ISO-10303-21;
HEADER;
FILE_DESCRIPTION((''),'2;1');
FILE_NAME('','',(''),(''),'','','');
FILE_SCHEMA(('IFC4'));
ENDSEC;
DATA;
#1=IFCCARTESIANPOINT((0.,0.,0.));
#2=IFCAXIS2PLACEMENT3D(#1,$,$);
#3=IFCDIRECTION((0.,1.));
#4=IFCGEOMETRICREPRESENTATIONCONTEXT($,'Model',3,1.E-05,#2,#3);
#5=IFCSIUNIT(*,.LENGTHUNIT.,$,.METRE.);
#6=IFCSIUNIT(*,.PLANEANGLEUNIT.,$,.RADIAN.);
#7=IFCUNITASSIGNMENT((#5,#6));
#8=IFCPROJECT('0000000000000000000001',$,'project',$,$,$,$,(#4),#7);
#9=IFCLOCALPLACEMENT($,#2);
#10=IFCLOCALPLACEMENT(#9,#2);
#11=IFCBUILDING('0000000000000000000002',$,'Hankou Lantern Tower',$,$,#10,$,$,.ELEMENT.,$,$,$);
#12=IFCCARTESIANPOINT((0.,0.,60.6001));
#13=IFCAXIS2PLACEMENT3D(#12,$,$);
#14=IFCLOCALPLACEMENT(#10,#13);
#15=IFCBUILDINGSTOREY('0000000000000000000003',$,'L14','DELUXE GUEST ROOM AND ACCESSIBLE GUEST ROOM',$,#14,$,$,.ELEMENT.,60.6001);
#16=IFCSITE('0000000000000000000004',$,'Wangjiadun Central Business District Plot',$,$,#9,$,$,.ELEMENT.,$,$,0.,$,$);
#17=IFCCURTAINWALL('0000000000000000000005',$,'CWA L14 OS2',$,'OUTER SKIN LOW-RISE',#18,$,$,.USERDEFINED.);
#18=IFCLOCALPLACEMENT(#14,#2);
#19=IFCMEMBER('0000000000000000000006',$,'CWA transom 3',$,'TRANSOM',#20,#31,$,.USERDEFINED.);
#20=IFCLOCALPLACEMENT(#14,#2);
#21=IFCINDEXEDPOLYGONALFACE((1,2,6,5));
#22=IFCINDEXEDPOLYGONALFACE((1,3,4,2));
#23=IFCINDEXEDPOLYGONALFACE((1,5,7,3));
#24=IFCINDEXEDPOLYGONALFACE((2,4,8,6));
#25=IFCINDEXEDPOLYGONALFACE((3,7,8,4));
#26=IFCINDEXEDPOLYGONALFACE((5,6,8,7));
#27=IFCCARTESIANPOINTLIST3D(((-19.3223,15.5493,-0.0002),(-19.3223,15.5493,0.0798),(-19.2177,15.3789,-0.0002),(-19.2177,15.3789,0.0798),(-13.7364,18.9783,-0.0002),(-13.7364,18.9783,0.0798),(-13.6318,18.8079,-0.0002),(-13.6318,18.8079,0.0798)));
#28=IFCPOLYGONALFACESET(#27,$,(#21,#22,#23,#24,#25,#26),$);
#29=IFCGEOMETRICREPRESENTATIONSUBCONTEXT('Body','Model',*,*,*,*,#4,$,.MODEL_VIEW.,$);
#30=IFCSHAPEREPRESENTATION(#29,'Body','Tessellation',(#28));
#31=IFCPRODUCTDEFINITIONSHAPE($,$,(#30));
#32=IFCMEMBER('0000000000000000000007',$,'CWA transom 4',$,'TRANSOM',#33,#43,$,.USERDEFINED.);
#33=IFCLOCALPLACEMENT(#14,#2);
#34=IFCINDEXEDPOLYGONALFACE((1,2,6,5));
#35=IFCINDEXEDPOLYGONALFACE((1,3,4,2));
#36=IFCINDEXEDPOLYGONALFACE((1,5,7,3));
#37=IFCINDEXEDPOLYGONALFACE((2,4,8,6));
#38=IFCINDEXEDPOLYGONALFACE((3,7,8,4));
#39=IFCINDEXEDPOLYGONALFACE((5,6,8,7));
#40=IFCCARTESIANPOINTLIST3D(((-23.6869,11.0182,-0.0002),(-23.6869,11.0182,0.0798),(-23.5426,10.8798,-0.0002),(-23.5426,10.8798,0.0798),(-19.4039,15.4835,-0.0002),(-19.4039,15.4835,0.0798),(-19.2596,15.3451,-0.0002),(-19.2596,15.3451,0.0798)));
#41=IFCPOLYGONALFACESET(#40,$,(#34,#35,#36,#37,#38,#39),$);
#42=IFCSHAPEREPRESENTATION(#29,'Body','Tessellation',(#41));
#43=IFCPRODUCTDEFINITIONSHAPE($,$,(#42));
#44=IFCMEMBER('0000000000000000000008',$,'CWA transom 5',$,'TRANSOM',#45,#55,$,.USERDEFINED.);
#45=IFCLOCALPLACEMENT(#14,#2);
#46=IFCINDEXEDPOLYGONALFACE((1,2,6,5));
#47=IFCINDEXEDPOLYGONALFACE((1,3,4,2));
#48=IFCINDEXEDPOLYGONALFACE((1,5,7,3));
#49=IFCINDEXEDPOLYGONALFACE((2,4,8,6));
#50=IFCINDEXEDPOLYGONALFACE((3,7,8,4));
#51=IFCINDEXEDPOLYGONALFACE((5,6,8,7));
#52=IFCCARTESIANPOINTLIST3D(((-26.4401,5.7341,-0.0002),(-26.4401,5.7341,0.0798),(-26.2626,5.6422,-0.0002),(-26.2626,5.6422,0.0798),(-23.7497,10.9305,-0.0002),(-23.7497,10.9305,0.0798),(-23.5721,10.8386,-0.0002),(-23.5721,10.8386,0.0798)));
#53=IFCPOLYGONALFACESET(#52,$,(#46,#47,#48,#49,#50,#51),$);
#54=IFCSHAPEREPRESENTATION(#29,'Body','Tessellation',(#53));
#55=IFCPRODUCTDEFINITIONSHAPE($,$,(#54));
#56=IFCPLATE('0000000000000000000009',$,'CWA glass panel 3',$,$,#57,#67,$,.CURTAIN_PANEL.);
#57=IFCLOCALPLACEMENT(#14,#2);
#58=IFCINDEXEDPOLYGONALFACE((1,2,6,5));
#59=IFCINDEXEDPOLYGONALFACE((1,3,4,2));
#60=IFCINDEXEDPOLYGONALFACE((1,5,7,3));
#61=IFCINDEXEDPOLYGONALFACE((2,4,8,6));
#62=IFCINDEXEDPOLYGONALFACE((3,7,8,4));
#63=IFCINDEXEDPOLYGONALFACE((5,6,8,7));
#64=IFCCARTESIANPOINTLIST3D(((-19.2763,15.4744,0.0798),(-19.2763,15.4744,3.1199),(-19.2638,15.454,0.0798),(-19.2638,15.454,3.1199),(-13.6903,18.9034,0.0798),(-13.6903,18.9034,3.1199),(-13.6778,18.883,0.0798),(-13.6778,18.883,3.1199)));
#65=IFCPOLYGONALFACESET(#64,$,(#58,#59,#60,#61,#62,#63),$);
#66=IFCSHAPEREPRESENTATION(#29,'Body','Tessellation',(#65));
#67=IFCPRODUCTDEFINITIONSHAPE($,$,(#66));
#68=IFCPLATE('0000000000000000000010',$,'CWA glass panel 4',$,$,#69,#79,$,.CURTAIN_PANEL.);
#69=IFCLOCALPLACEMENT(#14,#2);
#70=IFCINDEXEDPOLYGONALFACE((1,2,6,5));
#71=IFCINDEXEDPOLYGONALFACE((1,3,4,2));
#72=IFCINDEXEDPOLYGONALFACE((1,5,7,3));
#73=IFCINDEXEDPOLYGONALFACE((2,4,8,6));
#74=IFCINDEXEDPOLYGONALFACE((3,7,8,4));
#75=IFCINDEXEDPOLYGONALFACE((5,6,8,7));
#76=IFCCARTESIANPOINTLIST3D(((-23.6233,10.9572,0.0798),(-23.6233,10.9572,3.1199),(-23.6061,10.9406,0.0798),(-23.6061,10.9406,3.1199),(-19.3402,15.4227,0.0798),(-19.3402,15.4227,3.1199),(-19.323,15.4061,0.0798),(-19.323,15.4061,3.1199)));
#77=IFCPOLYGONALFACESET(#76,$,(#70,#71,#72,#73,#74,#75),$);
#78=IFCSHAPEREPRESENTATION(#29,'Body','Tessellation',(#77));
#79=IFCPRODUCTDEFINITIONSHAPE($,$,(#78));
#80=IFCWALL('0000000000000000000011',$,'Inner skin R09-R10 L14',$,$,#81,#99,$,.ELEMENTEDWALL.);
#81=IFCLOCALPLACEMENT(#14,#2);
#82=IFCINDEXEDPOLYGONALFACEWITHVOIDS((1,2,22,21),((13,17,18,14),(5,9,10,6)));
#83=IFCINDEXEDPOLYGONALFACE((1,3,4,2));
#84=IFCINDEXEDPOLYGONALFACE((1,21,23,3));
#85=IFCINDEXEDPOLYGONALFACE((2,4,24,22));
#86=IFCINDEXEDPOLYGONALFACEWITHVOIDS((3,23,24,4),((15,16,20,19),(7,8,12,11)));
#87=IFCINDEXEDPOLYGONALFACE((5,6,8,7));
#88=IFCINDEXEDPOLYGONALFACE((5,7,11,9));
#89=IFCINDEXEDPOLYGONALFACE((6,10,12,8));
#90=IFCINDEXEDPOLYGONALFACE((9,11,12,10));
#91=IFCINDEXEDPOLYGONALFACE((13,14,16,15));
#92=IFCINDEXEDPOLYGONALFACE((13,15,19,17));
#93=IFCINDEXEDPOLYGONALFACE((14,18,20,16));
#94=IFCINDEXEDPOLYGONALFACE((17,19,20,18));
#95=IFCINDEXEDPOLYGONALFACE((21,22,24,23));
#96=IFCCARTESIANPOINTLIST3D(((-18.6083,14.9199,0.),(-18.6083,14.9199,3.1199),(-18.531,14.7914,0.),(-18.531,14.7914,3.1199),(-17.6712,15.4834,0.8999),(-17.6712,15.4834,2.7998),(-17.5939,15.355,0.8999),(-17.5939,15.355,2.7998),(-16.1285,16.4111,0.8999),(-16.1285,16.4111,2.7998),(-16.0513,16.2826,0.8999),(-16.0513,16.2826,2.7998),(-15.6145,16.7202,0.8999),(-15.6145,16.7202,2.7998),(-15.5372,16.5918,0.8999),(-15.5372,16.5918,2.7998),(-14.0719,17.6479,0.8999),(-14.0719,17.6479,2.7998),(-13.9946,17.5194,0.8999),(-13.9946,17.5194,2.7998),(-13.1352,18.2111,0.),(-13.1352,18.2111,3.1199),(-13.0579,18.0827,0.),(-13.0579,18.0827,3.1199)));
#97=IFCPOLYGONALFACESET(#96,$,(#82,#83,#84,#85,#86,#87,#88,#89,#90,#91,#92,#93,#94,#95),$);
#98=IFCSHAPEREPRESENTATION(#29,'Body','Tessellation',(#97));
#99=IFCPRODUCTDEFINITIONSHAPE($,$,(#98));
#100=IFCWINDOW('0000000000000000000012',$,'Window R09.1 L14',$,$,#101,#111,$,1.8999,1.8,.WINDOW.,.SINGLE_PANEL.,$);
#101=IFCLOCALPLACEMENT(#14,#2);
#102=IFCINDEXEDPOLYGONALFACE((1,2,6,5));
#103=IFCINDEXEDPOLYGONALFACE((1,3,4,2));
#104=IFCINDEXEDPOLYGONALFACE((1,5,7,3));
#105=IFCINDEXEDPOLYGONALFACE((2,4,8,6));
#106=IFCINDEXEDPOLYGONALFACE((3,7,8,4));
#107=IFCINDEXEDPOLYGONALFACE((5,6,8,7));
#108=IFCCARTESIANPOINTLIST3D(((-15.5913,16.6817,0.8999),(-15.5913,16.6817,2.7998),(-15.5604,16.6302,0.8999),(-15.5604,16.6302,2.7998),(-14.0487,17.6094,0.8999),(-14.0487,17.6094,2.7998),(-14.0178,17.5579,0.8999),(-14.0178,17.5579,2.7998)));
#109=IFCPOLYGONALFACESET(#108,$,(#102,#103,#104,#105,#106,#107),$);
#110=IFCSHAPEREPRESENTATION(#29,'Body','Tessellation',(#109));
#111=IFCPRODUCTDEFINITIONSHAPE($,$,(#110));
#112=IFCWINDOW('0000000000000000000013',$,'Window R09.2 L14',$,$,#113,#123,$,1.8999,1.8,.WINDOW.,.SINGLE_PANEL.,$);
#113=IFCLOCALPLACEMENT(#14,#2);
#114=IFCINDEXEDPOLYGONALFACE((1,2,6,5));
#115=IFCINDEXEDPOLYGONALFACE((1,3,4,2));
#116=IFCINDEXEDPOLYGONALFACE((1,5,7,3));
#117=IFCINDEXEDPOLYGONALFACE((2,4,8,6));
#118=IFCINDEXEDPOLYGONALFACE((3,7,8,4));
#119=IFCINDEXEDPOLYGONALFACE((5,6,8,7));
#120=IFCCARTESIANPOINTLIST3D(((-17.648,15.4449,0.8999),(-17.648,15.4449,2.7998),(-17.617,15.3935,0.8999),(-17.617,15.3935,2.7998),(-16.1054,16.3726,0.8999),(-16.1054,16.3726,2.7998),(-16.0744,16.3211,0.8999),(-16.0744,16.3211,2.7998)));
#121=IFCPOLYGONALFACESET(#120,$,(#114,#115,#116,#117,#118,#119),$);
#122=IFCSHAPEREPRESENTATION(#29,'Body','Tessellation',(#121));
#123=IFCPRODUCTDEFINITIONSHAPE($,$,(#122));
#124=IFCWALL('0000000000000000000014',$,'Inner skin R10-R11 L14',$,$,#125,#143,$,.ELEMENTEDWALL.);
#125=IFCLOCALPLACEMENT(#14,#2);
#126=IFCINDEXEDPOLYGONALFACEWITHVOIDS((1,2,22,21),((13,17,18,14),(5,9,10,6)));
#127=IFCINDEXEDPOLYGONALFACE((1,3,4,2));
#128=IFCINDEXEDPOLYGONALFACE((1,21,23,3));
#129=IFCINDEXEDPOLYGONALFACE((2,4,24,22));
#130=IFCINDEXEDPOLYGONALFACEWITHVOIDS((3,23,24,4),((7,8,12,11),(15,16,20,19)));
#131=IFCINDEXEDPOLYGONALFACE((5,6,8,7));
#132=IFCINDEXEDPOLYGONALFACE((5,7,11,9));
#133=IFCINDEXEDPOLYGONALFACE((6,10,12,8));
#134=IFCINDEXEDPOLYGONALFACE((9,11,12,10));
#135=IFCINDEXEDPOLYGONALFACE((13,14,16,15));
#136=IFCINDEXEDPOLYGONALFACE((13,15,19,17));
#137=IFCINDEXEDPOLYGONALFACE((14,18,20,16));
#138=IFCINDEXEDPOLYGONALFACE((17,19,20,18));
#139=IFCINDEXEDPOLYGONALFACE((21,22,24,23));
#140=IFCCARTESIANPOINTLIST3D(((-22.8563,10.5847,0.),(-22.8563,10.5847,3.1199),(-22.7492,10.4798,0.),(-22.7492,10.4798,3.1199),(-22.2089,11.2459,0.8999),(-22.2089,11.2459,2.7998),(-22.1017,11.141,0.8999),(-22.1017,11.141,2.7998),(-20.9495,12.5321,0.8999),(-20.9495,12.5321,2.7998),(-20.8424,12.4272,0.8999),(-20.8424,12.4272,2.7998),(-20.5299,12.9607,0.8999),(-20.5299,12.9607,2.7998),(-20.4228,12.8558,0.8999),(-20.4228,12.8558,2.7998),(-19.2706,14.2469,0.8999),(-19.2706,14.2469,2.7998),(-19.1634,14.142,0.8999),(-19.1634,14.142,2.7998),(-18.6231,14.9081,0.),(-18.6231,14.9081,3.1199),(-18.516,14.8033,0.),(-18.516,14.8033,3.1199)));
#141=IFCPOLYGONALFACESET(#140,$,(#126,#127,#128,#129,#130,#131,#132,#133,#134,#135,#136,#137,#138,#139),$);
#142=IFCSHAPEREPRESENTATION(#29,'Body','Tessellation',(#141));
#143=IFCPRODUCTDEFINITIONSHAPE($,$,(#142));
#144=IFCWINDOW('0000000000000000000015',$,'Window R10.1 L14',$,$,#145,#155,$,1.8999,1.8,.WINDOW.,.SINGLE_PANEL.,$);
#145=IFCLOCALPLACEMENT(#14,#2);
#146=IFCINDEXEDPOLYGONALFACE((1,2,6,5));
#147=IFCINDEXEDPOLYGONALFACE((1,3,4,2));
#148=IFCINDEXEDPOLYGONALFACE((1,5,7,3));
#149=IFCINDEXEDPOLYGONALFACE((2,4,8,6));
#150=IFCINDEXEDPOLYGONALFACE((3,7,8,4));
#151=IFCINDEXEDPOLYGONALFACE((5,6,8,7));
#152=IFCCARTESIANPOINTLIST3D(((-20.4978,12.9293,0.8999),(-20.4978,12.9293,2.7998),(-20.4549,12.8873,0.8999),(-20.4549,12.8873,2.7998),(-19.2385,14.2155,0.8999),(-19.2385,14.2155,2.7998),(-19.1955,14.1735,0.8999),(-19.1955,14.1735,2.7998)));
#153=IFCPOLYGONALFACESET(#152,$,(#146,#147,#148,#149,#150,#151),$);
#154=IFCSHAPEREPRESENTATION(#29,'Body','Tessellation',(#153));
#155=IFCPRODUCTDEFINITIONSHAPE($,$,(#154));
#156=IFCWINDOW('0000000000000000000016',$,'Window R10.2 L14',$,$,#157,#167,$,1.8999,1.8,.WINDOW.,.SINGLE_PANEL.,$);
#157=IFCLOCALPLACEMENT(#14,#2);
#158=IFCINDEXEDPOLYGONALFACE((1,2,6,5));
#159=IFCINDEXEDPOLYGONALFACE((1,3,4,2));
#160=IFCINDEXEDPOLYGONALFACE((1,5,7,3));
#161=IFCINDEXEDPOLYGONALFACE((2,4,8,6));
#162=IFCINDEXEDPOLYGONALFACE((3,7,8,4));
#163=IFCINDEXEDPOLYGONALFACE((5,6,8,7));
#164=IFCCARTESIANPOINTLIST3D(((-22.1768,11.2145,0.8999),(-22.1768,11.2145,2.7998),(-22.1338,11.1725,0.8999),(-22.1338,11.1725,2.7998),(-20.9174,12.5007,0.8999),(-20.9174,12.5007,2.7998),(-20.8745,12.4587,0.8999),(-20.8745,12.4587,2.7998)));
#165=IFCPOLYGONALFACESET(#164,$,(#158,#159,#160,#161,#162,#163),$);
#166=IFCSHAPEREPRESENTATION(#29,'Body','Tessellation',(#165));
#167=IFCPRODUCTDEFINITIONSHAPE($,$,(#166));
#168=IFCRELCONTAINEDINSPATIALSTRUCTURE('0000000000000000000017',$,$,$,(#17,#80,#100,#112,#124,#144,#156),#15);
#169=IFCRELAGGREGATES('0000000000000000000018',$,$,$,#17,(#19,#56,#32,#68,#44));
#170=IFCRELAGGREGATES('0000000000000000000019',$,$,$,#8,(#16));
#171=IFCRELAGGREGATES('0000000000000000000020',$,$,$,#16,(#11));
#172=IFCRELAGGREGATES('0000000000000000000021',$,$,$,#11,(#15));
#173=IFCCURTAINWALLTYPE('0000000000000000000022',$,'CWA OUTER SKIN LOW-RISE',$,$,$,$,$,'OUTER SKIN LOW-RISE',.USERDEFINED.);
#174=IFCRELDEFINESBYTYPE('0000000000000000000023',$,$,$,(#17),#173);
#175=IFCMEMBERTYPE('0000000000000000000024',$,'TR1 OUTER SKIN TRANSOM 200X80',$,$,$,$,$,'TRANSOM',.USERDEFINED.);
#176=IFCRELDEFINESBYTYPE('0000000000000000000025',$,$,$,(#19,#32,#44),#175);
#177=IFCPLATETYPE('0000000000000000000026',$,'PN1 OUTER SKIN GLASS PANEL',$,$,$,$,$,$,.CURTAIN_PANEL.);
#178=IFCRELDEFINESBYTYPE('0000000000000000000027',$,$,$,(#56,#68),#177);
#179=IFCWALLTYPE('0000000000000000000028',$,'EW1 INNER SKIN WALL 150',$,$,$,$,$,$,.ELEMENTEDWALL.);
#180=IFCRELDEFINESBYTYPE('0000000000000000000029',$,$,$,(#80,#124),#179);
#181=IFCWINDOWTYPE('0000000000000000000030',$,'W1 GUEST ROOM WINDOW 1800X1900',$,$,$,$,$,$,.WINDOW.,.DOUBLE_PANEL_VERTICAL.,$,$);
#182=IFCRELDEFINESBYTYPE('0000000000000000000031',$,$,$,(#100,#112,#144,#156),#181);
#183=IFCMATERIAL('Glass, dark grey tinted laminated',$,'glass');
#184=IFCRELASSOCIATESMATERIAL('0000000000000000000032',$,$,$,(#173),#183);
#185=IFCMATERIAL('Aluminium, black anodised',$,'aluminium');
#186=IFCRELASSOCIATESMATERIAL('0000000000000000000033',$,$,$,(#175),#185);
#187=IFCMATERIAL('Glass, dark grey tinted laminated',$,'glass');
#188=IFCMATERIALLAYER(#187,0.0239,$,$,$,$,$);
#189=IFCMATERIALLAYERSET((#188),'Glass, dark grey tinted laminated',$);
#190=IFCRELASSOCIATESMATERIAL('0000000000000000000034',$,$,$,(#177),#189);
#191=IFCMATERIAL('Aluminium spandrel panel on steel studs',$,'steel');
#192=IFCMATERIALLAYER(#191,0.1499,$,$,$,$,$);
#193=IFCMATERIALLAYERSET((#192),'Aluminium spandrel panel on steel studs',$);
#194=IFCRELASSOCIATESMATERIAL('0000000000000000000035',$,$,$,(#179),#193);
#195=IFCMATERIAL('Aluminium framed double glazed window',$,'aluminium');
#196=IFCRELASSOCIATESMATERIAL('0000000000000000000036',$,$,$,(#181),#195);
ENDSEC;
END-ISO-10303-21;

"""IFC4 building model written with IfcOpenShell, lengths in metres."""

from ifc_helpers import new_model, si_unit, direction, frame, frame_2d, origin, origin_2d, place, context, subcontext, project, spatial, rectangle, extrude, material, layer, layer_set, material_profile, profile_set, type_object, element, fill, aggregate, save


model = new_model("IFC4")

# Units and contexts
model_context = context("Model", 3, precision=1e-05, world=origin(), true_north=direction((0.0, 1.0)))
body_context = subcontext(model_context, "Body", "Model", "MODEL_VIEW")
ifc_project = project(units=[si_unit("LENGTHUNIT", "METRE"), si_unit("PLANEANGLEUNIT", "RADIAN")], contexts=[model_context])

# Site, building, storey
site_placement = place(None, origin())
site = spatial("IfcSite", under=ifc_project, at=site_placement, Name="Wangjiadun Central Business District Plot", CompositionType="ELEMENT", RefElevation=0.0)
building_placement = place(site_placement, origin())
building = spatial("IfcBuilding", under=site, at=building_placement, Name="Hankou Lantern Tower", CompositionType="ELEMENT")
storey_placement = place(building_placement, frame((0.0, 0.0, 60.6001)))
storey = spatial("IfcBuildingStorey", under=building, at=storey_placement, Name="L14", Description="DELUXE GUEST ROOM AND ACCESSIBLE GUEST ROOM", CompositionType="ELEMENT", Elevation=60.6001)

# Curtain wall
ifc_material_1 = material(Name="Glass, dark grey tinted laminated", Category="glass")
curtain_wall_type = type_object("IfcCurtainWallType", Name="CWA OUTER SKIN LOW-RISE", ElementType="OUTER SKIN LOW-RISE", PredefinedType="USERDEFINED", material=ifc_material_1)
curtain_wall_placement = place(storey_placement, origin())
curtain_wall = element("IfcCurtainWall", 1, at=curtain_wall_placement, inside=storey, type_object=curtain_wall_type, Name="CWA L14 OS2", ObjectType="OUTER SKIN LOW-RISE", PredefinedType="USERDEFINED")

# Members
ifc_material_2 = material(Name="Aluminium, black anodised", Category="aluminium")
ifc_material_profile_1 = material_profile(ifc_material_2, rectangle(XDim=0.2, YDim=0.0801, at=origin_2d()), Name="TR1 200X80")
ifc_profile_set_1 = profile_set([ifc_material_profile_1], Name="Aluminium, black anodised")
member_type_1 = type_object("IfcMemberType", Name="TR1 OUTER SKIN TRANSOM 200X80", ElementType="TRANSOM", PredefinedType="USERDEFINED", material=ifc_profile_set_1)
member_1_placement = place(storey_placement, frame((-13.6841, 18.8931, 0.0398), z_axis=(-0.85224, -0.523152, 0.0), x_axis=(0.523152, -0.85224, 0.0)))
member_1 = element("IfcMember", 2, at=member_1_placement, type_object=member_type_1, Name="CWA transom 3", ObjectType="TRANSOM", PredefinedType="USERDEFINED", context=body_context, shape_type="SweptSolid", body=[
    extrude(rectangle(XDim=0.2, YDim=0.0801, at=origin_2d()), origin(), (0.0, 0.0, 1.0), 6.5544),
])
member_2_placement = place(storey_placement, frame((-19.3318, 15.4143, 0.0398), z_axis=(-0.692216, -0.721691, 0.0), x_axis=(0.721691, -0.692216, 0.0)))
member_2 = element("IfcMember", 3, at=member_2_placement, type_object=member_type_1, Name="CWA transom 4", ObjectType="TRANSOM", PredefinedType="USERDEFINED", context=body_context, shape_type="SweptSolid", body=[
    extrude(rectangle(XDim=0.2, YDim=0.0801, at=origin_2d()), origin(), (0.0, 0.0, 1.0), 6.1873),
])
member_3_placement = place(storey_placement, frame((-23.6609, 10.8845, 0.0398), z_axis=(-0.459786, -0.88803, 0.0), x_axis=(0.88803, -0.459786, 0.0)))
member_3 = element("IfcMember", 4, at=member_3_placement, type_object=member_type_1, Name="CWA transom 5", ObjectType="TRANSOM", PredefinedType="USERDEFINED", context=body_context, shape_type="SweptSolid", body=[
    extrude(rectangle(XDim=0.2, YDim=0.0801, at=origin_2d()), origin(), (0.0, 0.0, 1.0), 5.8516),
])

# Plates
ifc_material_3 = material(Name="Glass, dark grey tinted laminated", Category="glass")
ifc_layer_1 = layer(ifc_material_3, 0.0239)
ifc_layer_set_1 = layer_set([ifc_layer_1], Name="Glass, dark grey tinted laminated")
plate_type = type_object("IfcPlateType", Name="PN1 OUTER SKIN GLASS PANEL", PredefinedType="CURTAIN_PANEL", material=ifc_layer_set_1)
plate_1_placement = place(storey_placement, frame((-16.4771, 17.1787, 0.0798), z_axis=(0.0, 0.0, 1.0), x_axis=(-0.852237, -0.523156, 0.0)))
plate_1 = element("IfcPlate", 5, at=plate_1_placement, type_object=plate_type, Name="CWA glass panel 3", PredefinedType="CURTAIN_PANEL", context=body_context, shape_type="SweptSolid", body=[
    extrude(rectangle(XDim=6.5544, YDim=0.0239, at=origin_2d()), origin(), (0.0, 0.0, 1.0), 3.04),
])
plate_2_placement = place(storey_placement, frame((-21.4731, 13.1816, 0.0798), z_axis=(0.0, 0.0, 1.0), x_axis=(-0.692216, -0.721691, 0.0)))
plate_2 = element("IfcPlate", 6, at=plate_2_placement, type_object=plate_type, Name="CWA glass panel 4", PredefinedType="CURTAIN_PANEL", context=body_context, shape_type="SweptSolid", body=[
    extrude(rectangle(XDim=6.1875, YDim=0.0239, at=origin_2d()), origin(), (0.0, 0.0, 1.0), 3.04),
])
aggregate(curtain_wall, [member_1, plate_1, member_2, plate_2, member_3])

# Walls, openings, windows
ifc_material_4 = material(Name="Aluminium spandrel panel on steel studs", Category="steel")
ifc_layer_2 = layer(ifc_material_4, 0.1499)
ifc_layer_set_2 = layer_set([ifc_layer_2], Name="Aluminium spandrel panel on steel studs")
wall_type_1 = type_object("IfcWallType", Name="EW1 INNER SKIN WALL 150", PredefinedType="ELEMENTEDWALL", material=ifc_layer_set_2)
wall_1_placement = place(storey_placement, frame((-13.0964, 18.147, 0.0), z_axis=(0.0, 0.0, 1.0), x_axis=(-0.856983, -0.515344, 0.0)))
wall_1 = element("IfcWall", 7, at=wall_1_placement, inside=storey, type_object=wall_type_1, Name="Inner skin R09-R10 L14", PredefinedType="ELEMENTEDWALL", context=body_context, shape_type="SweptSolid", body=[
    extrude(rectangle(XDim=6.3865, YDim=0.1499, at=frame_2d((3.1934, 0.0))), origin(), (0.0, 0.0, 1.0), 3.1199),
])
opening_1_placement = place(wall_1_placement, frame((1.0933, 0.0, 0.8999)))
opening_1 = element("IfcOpeningElement", 8, at=opening_1_placement, cuts=wall_1, PredefinedType="OPENING", context=body_context, shape_type="SweptSolid", body=[
    extrude(rectangle(XDim=1.8, YDim=1.8999, at=frame_2d((0.8999, 0.95))), frame((0.0, 0.085, 0.0), z_axis=(0.0, -1.0, 0.0), x_axis=(1.0, 0.0, 0.0)), (0.0, 0.0, 1.0), 0.1699),
])
opening_2_placement = place(wall_1_placement, frame((3.4932, 0.0, 0.8999)))
opening_2 = element("IfcOpeningElement", 9, at=opening_2_placement, cuts=wall_1, PredefinedType="OPENING", context=body_context, shape_type="SweptSolid", body=[
    extrude(rectangle(XDim=1.8, YDim=1.8999, at=frame_2d((0.8999, 0.95))), frame((0.0, 0.085, 0.0), z_axis=(0.0, -1.0, 0.0), x_axis=(1.0, 0.0, 0.0)), (0.0, 0.0, 1.0), 0.1699),
])
ifc_material_5 = material(Name="Aluminium framed double glazed window", Category="aluminium")
window_type = type_object("IfcWindowType", Name="W1 GUEST ROOM WINDOW 1800X1900", PartitioningType="DOUBLE_PANEL_VERTICAL", PredefinedType="WINDOW", material=ifc_material_5)
window_1_placement = place(opening_1_placement, origin())
window_1 = element("IfcWindow", 10, at=window_1_placement, inside=storey, type_object=window_type, Name="Window R09.1 L14", OverallHeight=1.8999, OverallWidth=1.8, PartitioningType="SINGLE_PANEL", PredefinedType="WINDOW", context=body_context, shape_type="SweptSolid", body=[
    extrude(rectangle(XDim=1.8, YDim=1.8999, at=frame_2d((0.8999, 0.95))), frame((0.0, 0.03, 0.0), z_axis=(0.0, -1.0, 0.0), x_axis=(1.0, 0.0, 0.0)), (0.0, 0.0, 1.0), 0.0601),
])
fill(opening_1, window_1)
window_2_placement = place(opening_2_placement, origin())
window_2 = element("IfcWindow", 11, at=window_2_placement, inside=storey, type_object=window_type, Name="Window R09.2 L14", OverallHeight=1.8999, OverallWidth=1.8, PartitioningType="SINGLE_PANEL", PredefinedType="WINDOW", context=body_context, shape_type="SweptSolid", body=[
    extrude(rectangle(XDim=1.8, YDim=1.8999, at=frame_2d((0.8999, 0.95))), frame((0.0, 0.03, 0.0), z_axis=(0.0, -1.0, 0.0), x_axis=(1.0, 0.0, 0.0)), (0.0, 0.0, 1.0), 0.0601),
])
fill(opening_2, window_2)
wall_2_placement = place(storey_placement, frame((-18.5696, 14.8557, 0.0), z_axis=(0.0, 0.0, 1.0), x_axis=(-0.699603, -0.714532, 0.0)))
wall_2 = element("IfcWall", 12, at=wall_2_placement, inside=storey, type_object=wall_type_1, Name="Inner skin R10-R11 L14", PredefinedType="ELEMENTEDWALL", context=body_context, shape_type="SweptSolid", body=[
    extrude(rectangle(XDim=6.0508, YDim=0.1499, at=frame_2d((3.0254, 0.0))), origin(), (0.0, 0.0, 1.0), 3.1199),
])
opening_3_placement = place(wall_2_placement, frame((0.9255, 0.0, 0.8999)))
opening_3 = element("IfcOpeningElement", 13, at=opening_3_placement, cuts=wall_2, PredefinedType="OPENING", context=body_context, shape_type="SweptSolid", body=[
    extrude(rectangle(XDim=1.8, YDim=1.8999, at=frame_2d((0.8999, 0.95))), frame((0.0, 0.085, 0.0), z_axis=(0.0, -1.0, 0.0), x_axis=(1.0, 0.0, 0.0)), (0.0, 0.0, 1.0), 0.1699),
])
opening_4_placement = place(wall_2_placement, frame((3.3254, 0.0, 0.8999)))
opening_4 = element("IfcOpeningElement", 14, at=opening_4_placement, cuts=wall_2, PredefinedType="OPENING", context=body_context, shape_type="SweptSolid", body=[
    extrude(rectangle(XDim=1.8, YDim=1.8999, at=frame_2d((0.8999, 0.95))), frame((0.0, 0.085, 0.0), z_axis=(0.0, -1.0, 0.0), x_axis=(1.0, 0.0, 0.0)), (0.0, 0.0, 1.0), 0.1699),
])
window_3_placement = place(opening_3_placement, origin())
window_3 = element("IfcWindow", 15, at=window_3_placement, inside=storey, type_object=window_type, Name="Window R10.1 L14", OverallHeight=1.8999, OverallWidth=1.8, PartitioningType="SINGLE_PANEL", PredefinedType="WINDOW", context=body_context, shape_type="SweptSolid", body=[
    extrude(rectangle(XDim=1.8, YDim=1.8999, at=frame_2d((0.8999, 0.95))), frame((0.0, 0.03, 0.0), z_axis=(0.0, -1.0, 0.0), x_axis=(1.0, 0.0, 0.0)), (0.0, 0.0, 1.0), 0.0601),
])
fill(opening_3, window_3)
window_4_placement = place(opening_4_placement, origin())
window_4 = element("IfcWindow", 16, at=window_4_placement, inside=storey, type_object=window_type, Name="Window R10.2 L14", OverallHeight=1.8999, OverallWidth=1.8, PartitioningType="SINGLE_PANEL", PredefinedType="WINDOW", context=body_context, shape_type="SweptSolid", body=[
    extrude(rectangle(XDim=1.8, YDim=1.8999, at=frame_2d((0.8999, 0.95))), frame((0.0, 0.03, 0.0), z_axis=(0.0, -1.0, 0.0), x_axis=(1.0, 0.0, 0.0)), (0.0, 0.0, 1.0), 0.0601),
])
fill(opening_4, window_4)

save(model, "model.ifc")
